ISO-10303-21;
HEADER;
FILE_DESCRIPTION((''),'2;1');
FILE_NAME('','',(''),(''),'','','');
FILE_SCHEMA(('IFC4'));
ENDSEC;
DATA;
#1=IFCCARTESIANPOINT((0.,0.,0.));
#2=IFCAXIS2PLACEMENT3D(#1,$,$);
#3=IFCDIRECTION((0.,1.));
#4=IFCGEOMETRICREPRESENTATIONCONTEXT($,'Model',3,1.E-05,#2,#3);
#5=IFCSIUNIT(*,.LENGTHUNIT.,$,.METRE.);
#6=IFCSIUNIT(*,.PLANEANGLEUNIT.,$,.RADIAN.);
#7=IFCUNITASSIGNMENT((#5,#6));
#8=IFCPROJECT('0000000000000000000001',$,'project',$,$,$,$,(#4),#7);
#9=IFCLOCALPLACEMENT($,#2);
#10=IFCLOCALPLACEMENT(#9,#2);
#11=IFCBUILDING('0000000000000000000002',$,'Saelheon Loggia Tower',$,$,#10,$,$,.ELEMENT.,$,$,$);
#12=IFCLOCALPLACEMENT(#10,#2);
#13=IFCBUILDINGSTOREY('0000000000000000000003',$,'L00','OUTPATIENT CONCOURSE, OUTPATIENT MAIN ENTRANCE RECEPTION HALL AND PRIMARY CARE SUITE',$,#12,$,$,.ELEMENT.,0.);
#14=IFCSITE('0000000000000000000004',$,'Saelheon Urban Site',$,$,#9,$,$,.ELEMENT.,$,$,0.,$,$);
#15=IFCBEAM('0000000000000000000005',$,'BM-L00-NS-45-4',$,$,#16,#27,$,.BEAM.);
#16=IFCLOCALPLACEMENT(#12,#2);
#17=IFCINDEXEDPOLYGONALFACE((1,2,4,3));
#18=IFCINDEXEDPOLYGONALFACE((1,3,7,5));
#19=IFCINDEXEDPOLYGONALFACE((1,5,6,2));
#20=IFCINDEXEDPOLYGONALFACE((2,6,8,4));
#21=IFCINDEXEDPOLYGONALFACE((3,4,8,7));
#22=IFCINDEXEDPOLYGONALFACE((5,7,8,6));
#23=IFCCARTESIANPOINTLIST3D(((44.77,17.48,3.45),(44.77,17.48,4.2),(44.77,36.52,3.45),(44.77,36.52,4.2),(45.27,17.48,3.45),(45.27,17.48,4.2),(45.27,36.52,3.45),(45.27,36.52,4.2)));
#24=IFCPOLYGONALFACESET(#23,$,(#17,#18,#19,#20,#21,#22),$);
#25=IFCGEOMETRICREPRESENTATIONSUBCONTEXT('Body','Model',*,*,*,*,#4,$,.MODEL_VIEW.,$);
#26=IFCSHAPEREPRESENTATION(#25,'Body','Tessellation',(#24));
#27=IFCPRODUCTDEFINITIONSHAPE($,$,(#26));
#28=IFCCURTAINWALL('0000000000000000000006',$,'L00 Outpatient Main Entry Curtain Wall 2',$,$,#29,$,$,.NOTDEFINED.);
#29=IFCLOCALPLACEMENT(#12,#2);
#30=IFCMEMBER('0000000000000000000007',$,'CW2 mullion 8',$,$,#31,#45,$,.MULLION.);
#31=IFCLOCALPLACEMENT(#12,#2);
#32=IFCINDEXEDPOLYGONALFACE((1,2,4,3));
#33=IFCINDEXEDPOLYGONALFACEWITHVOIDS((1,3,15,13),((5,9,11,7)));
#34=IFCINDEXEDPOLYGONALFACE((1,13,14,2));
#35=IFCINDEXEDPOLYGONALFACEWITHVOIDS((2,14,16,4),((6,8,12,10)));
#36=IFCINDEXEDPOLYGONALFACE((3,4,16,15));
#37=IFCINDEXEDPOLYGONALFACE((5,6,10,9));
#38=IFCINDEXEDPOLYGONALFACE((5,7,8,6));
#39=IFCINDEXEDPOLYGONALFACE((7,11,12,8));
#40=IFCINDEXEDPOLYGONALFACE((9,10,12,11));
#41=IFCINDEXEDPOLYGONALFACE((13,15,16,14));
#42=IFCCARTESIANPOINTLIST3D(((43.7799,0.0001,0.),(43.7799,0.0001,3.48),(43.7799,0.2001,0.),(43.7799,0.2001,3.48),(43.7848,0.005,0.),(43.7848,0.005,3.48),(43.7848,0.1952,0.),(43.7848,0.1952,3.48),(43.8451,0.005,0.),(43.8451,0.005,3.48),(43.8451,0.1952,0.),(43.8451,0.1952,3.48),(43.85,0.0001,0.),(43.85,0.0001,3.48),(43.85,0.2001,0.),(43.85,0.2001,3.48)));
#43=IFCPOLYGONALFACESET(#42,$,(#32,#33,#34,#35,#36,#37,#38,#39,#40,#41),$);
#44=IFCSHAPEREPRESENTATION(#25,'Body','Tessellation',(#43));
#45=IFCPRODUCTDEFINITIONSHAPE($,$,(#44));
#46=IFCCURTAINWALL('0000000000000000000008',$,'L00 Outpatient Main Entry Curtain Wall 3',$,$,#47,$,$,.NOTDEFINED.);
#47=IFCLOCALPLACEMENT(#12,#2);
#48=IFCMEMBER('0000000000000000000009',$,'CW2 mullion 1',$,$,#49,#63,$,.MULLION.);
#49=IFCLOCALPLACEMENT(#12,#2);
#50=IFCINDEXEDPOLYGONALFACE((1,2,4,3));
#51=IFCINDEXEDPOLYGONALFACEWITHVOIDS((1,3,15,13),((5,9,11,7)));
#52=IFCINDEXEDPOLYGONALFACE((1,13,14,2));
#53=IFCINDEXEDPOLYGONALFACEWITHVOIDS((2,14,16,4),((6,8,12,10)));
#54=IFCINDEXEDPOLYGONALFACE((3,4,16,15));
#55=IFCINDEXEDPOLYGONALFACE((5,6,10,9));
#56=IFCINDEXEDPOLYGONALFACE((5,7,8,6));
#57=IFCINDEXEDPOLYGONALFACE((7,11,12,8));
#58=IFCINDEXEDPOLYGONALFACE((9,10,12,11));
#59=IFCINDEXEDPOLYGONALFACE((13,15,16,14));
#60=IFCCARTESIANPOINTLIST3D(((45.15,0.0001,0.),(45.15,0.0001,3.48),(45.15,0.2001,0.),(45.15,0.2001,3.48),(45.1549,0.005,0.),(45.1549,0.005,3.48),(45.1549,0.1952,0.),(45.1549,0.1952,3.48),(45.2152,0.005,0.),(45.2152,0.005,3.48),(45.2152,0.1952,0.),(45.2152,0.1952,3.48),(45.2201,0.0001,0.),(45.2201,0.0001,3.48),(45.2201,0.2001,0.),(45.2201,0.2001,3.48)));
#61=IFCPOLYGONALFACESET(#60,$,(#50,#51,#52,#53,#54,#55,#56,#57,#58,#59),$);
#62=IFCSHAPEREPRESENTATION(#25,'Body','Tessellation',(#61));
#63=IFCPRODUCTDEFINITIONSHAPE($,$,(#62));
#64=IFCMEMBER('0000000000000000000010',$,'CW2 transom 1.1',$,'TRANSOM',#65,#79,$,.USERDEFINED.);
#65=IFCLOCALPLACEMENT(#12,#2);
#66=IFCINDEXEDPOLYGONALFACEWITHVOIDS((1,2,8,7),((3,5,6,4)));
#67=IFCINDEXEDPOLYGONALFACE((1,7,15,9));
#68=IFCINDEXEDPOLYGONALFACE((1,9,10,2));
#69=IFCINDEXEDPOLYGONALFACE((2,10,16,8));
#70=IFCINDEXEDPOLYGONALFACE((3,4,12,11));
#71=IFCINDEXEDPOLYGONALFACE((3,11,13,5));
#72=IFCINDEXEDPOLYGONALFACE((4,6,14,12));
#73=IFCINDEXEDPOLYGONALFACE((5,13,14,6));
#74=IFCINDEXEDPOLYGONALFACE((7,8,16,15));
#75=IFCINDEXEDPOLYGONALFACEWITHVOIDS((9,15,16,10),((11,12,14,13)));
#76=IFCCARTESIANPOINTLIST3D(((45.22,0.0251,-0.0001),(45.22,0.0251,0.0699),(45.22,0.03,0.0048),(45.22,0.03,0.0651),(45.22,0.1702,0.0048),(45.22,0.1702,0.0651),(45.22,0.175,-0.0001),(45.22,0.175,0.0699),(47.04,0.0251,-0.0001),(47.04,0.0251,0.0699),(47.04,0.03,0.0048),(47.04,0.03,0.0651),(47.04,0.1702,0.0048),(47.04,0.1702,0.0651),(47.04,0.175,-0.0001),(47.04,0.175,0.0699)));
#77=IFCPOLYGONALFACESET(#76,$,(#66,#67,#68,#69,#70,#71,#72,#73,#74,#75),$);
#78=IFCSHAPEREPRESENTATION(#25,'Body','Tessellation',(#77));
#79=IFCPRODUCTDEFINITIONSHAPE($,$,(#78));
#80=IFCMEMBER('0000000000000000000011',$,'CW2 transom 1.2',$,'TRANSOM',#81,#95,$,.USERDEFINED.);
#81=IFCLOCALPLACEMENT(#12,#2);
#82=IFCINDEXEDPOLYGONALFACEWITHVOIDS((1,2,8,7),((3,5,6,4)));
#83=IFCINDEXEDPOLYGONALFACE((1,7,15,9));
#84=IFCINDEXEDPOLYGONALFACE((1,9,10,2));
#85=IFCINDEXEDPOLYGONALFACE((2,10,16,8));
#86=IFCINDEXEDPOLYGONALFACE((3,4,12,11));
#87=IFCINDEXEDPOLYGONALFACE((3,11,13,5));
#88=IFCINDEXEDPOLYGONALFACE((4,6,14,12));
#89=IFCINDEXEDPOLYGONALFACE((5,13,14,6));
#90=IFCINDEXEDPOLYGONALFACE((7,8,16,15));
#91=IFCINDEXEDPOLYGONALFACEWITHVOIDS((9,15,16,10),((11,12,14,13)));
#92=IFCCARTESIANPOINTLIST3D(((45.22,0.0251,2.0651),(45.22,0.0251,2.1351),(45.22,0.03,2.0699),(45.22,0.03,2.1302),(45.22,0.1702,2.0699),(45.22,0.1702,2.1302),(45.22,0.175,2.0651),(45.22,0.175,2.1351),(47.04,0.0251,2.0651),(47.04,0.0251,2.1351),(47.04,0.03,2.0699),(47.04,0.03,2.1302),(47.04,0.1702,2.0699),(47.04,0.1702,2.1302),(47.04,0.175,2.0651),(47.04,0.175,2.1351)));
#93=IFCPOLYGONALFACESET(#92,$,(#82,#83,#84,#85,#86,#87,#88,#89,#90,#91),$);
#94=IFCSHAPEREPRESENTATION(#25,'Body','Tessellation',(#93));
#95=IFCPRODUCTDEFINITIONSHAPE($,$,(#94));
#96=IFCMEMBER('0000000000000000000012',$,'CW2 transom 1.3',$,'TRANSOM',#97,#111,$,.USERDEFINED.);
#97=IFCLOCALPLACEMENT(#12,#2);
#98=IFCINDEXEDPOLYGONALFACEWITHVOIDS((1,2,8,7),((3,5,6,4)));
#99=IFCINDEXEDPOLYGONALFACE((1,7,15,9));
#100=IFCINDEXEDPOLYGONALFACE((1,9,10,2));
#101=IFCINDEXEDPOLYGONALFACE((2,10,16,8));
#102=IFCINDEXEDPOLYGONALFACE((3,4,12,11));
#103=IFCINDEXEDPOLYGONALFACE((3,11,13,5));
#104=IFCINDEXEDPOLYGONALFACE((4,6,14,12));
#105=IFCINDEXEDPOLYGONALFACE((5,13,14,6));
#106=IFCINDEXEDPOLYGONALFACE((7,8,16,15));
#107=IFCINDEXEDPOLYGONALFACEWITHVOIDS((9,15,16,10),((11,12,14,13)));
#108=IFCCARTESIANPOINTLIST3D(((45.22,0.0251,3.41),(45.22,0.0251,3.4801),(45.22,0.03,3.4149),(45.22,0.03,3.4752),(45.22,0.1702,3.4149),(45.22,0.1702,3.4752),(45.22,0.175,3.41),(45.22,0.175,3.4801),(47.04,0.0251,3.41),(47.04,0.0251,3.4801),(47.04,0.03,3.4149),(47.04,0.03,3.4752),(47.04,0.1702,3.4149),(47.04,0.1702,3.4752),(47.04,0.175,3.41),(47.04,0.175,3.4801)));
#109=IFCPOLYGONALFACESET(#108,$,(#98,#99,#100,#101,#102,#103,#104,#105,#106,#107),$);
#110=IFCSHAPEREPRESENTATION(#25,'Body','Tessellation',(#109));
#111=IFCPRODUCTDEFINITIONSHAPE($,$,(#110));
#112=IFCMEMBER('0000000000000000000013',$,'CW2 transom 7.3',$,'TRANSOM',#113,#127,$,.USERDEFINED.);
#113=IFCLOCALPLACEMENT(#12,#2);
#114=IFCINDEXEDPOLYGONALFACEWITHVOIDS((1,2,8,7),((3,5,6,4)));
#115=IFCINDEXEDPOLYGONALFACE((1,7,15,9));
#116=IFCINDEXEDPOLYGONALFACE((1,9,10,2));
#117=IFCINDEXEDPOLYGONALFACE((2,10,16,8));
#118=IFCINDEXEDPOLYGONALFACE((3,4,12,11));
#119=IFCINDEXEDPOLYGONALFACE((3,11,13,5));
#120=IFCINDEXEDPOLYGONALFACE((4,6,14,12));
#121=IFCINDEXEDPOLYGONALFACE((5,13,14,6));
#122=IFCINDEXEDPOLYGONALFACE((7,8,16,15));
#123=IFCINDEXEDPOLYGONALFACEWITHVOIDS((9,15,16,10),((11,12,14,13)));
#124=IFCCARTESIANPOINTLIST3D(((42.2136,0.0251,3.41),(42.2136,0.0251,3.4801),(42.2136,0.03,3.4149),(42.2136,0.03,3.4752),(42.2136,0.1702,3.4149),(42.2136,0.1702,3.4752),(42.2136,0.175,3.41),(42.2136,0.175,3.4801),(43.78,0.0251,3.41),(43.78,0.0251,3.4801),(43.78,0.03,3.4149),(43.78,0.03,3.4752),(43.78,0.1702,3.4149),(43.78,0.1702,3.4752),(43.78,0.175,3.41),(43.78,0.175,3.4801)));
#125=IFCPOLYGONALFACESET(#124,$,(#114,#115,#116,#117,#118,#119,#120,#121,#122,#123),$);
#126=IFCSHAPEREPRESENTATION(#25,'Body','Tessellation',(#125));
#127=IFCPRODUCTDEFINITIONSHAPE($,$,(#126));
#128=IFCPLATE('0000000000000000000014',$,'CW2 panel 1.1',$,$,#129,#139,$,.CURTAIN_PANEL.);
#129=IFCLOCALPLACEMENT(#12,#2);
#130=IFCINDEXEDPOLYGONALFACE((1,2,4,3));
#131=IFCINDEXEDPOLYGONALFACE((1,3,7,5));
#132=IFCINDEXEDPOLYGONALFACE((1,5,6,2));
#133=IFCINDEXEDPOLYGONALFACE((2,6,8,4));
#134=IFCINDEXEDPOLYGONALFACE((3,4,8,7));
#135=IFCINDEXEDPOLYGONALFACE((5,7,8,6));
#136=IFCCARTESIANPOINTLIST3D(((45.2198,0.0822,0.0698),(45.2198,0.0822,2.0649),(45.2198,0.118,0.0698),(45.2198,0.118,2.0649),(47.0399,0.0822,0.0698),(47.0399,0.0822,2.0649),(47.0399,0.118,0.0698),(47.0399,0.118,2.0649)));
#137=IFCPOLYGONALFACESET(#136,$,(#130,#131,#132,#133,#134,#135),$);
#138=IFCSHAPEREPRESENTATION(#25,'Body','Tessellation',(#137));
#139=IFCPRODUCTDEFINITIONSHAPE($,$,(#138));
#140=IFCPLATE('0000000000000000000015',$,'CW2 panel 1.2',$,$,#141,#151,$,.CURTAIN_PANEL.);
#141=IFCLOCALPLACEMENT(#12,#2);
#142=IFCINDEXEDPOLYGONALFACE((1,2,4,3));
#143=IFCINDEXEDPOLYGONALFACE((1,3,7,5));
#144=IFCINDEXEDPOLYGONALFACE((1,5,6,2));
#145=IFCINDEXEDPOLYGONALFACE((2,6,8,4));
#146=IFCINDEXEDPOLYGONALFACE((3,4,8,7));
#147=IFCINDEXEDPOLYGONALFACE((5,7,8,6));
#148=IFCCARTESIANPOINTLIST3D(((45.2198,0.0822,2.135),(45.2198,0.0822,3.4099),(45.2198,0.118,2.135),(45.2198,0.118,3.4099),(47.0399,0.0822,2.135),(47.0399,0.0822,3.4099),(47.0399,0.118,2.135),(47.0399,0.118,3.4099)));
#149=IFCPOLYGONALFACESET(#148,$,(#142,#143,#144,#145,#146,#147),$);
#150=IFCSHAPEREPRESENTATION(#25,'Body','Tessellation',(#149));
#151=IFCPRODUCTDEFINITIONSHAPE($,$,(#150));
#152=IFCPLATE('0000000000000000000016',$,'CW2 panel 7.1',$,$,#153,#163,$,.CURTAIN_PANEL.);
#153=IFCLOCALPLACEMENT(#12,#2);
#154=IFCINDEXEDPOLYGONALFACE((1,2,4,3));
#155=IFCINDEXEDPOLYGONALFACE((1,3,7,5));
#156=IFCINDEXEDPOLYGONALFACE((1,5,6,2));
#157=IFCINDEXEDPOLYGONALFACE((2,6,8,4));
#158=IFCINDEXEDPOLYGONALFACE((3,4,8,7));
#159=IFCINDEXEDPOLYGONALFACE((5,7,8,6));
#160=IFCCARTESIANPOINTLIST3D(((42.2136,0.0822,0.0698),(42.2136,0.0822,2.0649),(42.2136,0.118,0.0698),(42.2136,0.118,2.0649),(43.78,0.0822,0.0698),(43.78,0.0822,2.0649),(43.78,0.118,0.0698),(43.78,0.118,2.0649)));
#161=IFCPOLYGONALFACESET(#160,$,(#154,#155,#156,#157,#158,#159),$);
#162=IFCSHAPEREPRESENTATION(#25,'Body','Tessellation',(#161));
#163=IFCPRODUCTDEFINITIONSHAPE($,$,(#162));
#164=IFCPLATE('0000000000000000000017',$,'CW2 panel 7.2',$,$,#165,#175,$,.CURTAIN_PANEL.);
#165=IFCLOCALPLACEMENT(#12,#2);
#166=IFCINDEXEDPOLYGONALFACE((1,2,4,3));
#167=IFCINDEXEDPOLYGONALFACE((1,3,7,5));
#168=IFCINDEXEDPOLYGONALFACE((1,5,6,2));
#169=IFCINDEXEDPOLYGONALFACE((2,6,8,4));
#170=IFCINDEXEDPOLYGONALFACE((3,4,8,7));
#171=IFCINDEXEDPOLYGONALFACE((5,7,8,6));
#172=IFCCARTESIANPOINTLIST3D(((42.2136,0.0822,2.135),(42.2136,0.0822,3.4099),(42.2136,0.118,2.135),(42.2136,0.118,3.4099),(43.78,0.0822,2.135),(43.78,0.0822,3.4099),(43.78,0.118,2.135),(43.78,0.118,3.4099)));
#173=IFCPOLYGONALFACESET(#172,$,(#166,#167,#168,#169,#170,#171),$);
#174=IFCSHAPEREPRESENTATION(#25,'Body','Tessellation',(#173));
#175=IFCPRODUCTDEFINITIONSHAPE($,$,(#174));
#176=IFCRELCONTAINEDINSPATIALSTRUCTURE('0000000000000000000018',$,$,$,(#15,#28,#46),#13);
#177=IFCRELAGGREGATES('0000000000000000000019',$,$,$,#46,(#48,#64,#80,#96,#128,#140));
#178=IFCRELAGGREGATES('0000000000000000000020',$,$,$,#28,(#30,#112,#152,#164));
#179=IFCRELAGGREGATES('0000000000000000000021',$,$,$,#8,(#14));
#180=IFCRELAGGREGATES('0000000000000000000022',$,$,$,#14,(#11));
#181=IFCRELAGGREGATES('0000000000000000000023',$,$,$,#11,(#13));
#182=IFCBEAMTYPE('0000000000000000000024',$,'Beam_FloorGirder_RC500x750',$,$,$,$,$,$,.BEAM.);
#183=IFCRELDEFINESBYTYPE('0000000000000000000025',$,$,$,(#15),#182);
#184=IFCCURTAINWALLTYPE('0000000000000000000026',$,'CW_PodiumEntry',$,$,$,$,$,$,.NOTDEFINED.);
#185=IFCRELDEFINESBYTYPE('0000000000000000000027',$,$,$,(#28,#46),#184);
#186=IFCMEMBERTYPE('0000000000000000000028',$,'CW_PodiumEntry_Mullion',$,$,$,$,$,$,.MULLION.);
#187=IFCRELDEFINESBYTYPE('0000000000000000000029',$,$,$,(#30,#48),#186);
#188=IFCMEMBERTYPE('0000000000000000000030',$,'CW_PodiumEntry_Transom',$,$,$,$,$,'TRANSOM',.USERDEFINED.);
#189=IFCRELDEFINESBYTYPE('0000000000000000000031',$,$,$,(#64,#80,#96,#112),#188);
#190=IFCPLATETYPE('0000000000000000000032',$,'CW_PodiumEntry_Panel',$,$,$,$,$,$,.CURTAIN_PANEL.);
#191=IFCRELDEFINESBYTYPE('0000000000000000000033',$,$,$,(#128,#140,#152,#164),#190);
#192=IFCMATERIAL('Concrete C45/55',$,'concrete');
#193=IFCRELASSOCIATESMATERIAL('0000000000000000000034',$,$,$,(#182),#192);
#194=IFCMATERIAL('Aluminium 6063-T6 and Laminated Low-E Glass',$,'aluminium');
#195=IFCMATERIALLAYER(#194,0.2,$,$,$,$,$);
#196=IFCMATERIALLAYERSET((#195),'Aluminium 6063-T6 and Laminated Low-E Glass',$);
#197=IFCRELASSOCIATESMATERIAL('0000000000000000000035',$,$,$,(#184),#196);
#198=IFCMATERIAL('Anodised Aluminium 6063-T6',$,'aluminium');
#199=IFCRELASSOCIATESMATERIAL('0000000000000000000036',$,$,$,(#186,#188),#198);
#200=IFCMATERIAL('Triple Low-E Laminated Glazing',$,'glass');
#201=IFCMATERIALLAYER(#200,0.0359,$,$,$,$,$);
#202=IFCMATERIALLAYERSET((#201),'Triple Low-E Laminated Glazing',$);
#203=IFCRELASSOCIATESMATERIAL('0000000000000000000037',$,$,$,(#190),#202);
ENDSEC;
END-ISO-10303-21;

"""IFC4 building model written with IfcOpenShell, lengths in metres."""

from ifc_helpers import new_model, si_unit, direction, frame, origin, origin_2d, place, context, subcontext, project, spatial, rectangle, hollow_rectangle, extrude, source, transform, mapped, material, layer, layer_set, material_profile, profile_set, type_object, element, aggregate, save


model = new_model("IFC4")

# Units and contexts
model_context = context("Model", 3, precision=1e-05, world=origin(), true_north=direction((0.0, 1.0)))
body_context = subcontext(model_context, "Body", "Model", "MODEL_VIEW")
ifc_project = project(units=[si_unit("LENGTHUNIT", "METRE"), si_unit("PLANEANGLEUNIT", "RADIAN")], contexts=[model_context])

# Site, building, storey
site_placement = place(None, origin())
site = spatial("IfcSite", under=ifc_project, at=site_placement, Name="Saelheon Urban Site", CompositionType="ELEMENT", RefElevation=0.0)
building_placement = place(site_placement, origin())
building = spatial("IfcBuilding", under=site, at=building_placement, Name="Saelheon Loggia Tower", CompositionType="ELEMENT")
storey_placement = place(building_placement, origin())
storey = spatial("IfcBuildingStorey", under=building, at=storey_placement, Name="L00", Description="OUTPATIENT CONCOURSE, OUTPATIENT MAIN ENTRANCE RECEPTION HALL AND PRIMARY CARE SUITE", CompositionType="ELEMENT", Elevation=0.0)

# Beam
ifc_material_1 = material(Name="Concrete C45/55", Category="concrete")
ifc_material_profile_1 = material_profile(ifc_material_1, rectangle(XDim=0.5, YDim=0.75, at=origin_2d()), Name="RC-500x750")
ifc_profile_set_1 = profile_set([ifc_material_profile_1], Name="Concrete C45/55")
beam_type_1 = type_object("IfcBeamType", Name="Beam_FloorGirder_RC500x750", PredefinedType="BEAM", material=ifc_profile_set_1)
shared_shape_1 = source(origin(), body_context, "Body", "SweptSolid", [
    extrude(rectangle(XDim=0.5, YDim=0.75, at=origin_2d()), origin(), (0.0, 0.0, 1.0), 19.04),
])
beam_1_placement = place(storey_placement, frame((45.02, 17.48, 3.825), z_axis=(0.0, 1.0, 0.0), x_axis=(-1.0, 0.0, 0.0)))
element("IfcBeam", 1, at=beam_1_placement, inside=storey, type_object=beam_type_1, Name="BM-L00-NS-45-4", PredefinedType="BEAM", context=body_context, shape_type="MappedRepresentation", body=[
    mapped(shared_shape_1, transform((0.0, 0.0, 0.0), scale=1.0)),
])

# Curtain wall, member
ifc_material_2 = material(Name="Aluminium 6063-T6 and Laminated Low-E Glass", Category="aluminium")
ifc_layer_1 = layer(ifc_material_2, 0.2)
ifc_layer_set_1 = layer_set([ifc_layer_1], Name="Aluminium 6063-T6 and Laminated Low-E Glass")
curtain_wall_type = type_object("IfcCurtainWallType", Name="CW_PodiumEntry", PredefinedType="NOTDEFINED", material=ifc_layer_set_1)
curtain_wall_1_placement = place(storey_placement, origin())
curtain_wall_1 = element("IfcCurtainWall", 2, at=curtain_wall_1_placement, inside=storey, type_object=curtain_wall_type, Name="L00 Outpatient Main Entry Curtain Wall 2", PredefinedType="NOTDEFINED")
ifc_material_3 = material(Name="Anodised Aluminium 6063-T6", Category="aluminium")
ifc_material_profile_2 = material_profile(ifc_material_3, hollow_rectangle(XDim=0.0701, YDim=0.2, WallThickness=0.0049, at=origin_2d()), Name="RHS-200x70x5")
ifc_profile_set_2 = profile_set([ifc_material_profile_2], Name="Anodised Aluminium 6063-T6")
member_type_1 = type_object("IfcMemberType", Name="CW_PodiumEntry_Mullion", PredefinedType="MULLION", material=ifc_profile_set_2)
shared_shape_2 = source(origin(), body_context, "Body", "SweptSolid", [
    extrude(hollow_rectangle(XDim=0.0701, YDim=0.2, WallThickness=0.0049, at=origin_2d()), origin(), (0.0, 0.0, 1.0), 3.48),
])
member_1_placement = place(storey_placement, frame((43.8149, 0.1001, 0.0), z_axis=(0.0, 0.0, 1.0), x_axis=(1.0, 0.0, 0.0)))
member_1 = element("IfcMember", 3, at=member_1_placement, type_object=member_type_1, Name="CW2 mullion 8", PredefinedType="MULLION", context=body_context, shape_type="MappedRepresentation", body=[
    mapped(shared_shape_2, transform((0.0, 0.0, 0.0), scale=1.0)),
])

# Curtain wall, members
curtain_wall_2_placement = place(storey_placement, origin())
curtain_wall_2 = element("IfcCurtainWall", 4, at=curtain_wall_2_placement, inside=storey, type_object=curtain_wall_type, Name="L00 Outpatient Main Entry Curtain Wall 3", PredefinedType="NOTDEFINED")
member_2_placement = place(storey_placement, frame((45.1851, 0.1001, 0.0), z_axis=(0.0, 0.0, 1.0), x_axis=(1.0, 0.0, 0.0)))
member_2 = element("IfcMember", 5, at=member_2_placement, type_object=member_type_1, Name="CW2 mullion 1", PredefinedType="MULLION", context=body_context, shape_type="MappedRepresentation", body=[
    mapped(shared_shape_2, transform((0.0, 0.0, 0.0), scale=1.0)),
])
ifc_material_profile_3 = material_profile(ifc_material_3, hollow_rectangle(XDim=0.0701, YDim=0.1499, WallThickness=0.0049, at=origin_2d()), Name="RHS-150x70x5")
ifc_profile_set_3 = profile_set([ifc_material_profile_3], Name="Anodised Aluminium 6063-T6")
member_type_2 = type_object("IfcMemberType", Name="CW_PodiumEntry_Transom", ElementType="TRANSOM", PredefinedType="USERDEFINED", material=ifc_profile_set_3)
shared_shape_3 = source(origin(), body_context, "Body", "SweptSolid", [
    extrude(hollow_rectangle(XDim=0.0701, YDim=0.1499, WallThickness=0.0049, at=origin_2d()), origin(), (0.0, 0.0, 1.0), 1.8201),
])
member_3_placement = place(storey_placement, frame((45.22, 0.1001, 0.0349), z_axis=(1.0, 0.0, 0.0), x_axis=(0.0, 0.0, 1.0)))
member_3 = element("IfcMember", 6, at=member_3_placement, type_object=member_type_2, Name="CW2 transom 1.1", ObjectType="TRANSOM", PredefinedType="USERDEFINED", context=body_context, shape_type="MappedRepresentation", body=[
    mapped(shared_shape_3, transform((0.0, 0.0, 0.0), scale=1.0)),
])
member_4_placement = place(storey_placement, frame((45.22, 0.1001, 2.1001), z_axis=(1.0, 0.0, 0.0), x_axis=(0.0, 0.0, 1.0)))
member_4 = element("IfcMember", 7, at=member_4_placement, type_object=member_type_2, Name="CW2 transom 1.2", ObjectType="TRANSOM", PredefinedType="USERDEFINED", context=body_context, shape_type="MappedRepresentation", body=[
    mapped(shared_shape_3, transform((0.0, 0.0, 0.0), scale=1.0)),
])
member_5_placement = place(storey_placement, frame((45.22, 0.1001, 3.4451), z_axis=(1.0, 0.0, 0.0), x_axis=(0.0, 0.0, 1.0)))
member_5 = element("IfcMember", 8, at=member_5_placement, type_object=member_type_2, Name="CW2 transom 1.3", ObjectType="TRANSOM", PredefinedType="USERDEFINED", context=body_context, shape_type="MappedRepresentation", body=[
    mapped(shared_shape_3, transform((0.0, 0.0, 0.0), scale=1.0)),
])

# Member
shared_shape_4 = source(origin(), body_context, "Body", "SweptSolid", [
    extrude(hollow_rectangle(XDim=0.0701, YDim=0.1499, WallThickness=0.0049, at=origin_2d()), origin(), (0.0, 0.0, 1.0), 1.5664),
])
member_6_placement = place(storey_placement, frame((42.2136, 0.1001, 3.4451), z_axis=(1.0, 0.0, 0.0), x_axis=(0.0, 0.0, 1.0)))
member_6 = element("IfcMember", 9, at=member_6_placement, type_object=member_type_2, Name="CW2 transom 7.3", ObjectType="TRANSOM", PredefinedType="USERDEFINED", context=body_context, shape_type="MappedRepresentation", body=[
    mapped(shared_shape_4, transform((0.0, 0.0, 0.0), scale=1.0)),
])

# Plates
ifc_material_4 = material(Name="Triple Low-E Laminated Glazing", Category="glass")
ifc_layer_2 = layer(ifc_material_4, 0.0359)
ifc_layer_set_2 = layer_set([ifc_layer_2], Name="Triple Low-E Laminated Glazing")
plate_type = type_object("IfcPlateType", Name="CW_PodiumEntry_Panel", PredefinedType="CURTAIN_PANEL", material=ifc_layer_set_2)
shared_shape_5 = source(origin(), body_context, "Body", "SweptSolid", [
    extrude(rectangle(XDim=1.8201, YDim=0.0359, at=origin_2d()), origin(), (0.0, 0.0, 1.0), 1.9951),
])
plate_1_placement = place(storey_placement, frame((46.1299, 0.1001, 0.0698), z_axis=(0.0, 0.0, 1.0), x_axis=(1.0, 0.0, 0.0)))
plate_1 = element("IfcPlate", 10, at=plate_1_placement, type_object=plate_type, Name="CW2 panel 1.1", PredefinedType="CURTAIN_PANEL", context=body_context, shape_type="MappedRepresentation", body=[
    mapped(shared_shape_5, transform((0.0, 0.0, 0.0), scale=1.0)),
])
shared_shape_6 = source(origin(), body_context, "Body", "SweptSolid", [
    extrude(rectangle(XDim=1.8201, YDim=0.0359, at=origin_2d()), origin(), (0.0, 0.0, 1.0), 1.2749),
])
plate_2_placement = place(storey_placement, frame((46.1299, 0.1001, 2.135), z_axis=(0.0, 0.0, 1.0), x_axis=(1.0, 0.0, 0.0)))
plate_2 = element("IfcPlate", 11, at=plate_2_placement, type_object=plate_type, Name="CW2 panel 1.2", PredefinedType="CURTAIN_PANEL", context=body_context, shape_type="MappedRepresentation", body=[
    mapped(shared_shape_6, transform((0.0, 0.0, 0.0), scale=1.0)),
])
aggregate(curtain_wall_2, [member_2, member_3, member_4, member_5, plate_1, plate_2])
shared_shape_7 = source(origin(), body_context, "Body", "SweptSolid", [
    extrude(rectangle(XDim=1.5664, YDim=0.0359, at=origin_2d()), origin(), (0.0, 0.0, 1.0), 1.9951),
])
plate_3_placement = place(storey_placement, frame((42.9968, 0.1001, 0.0698), z_axis=(0.0, 0.0, 1.0), x_axis=(1.0, 0.0, 0.0)))
plate_3 = element("IfcPlate", 12, at=plate_3_placement, type_object=plate_type, Name="CW2 panel 7.1", PredefinedType="CURTAIN_PANEL", context=body_context, shape_type="MappedRepresentation", body=[
    mapped(shared_shape_7, transform((0.0, 0.0, 0.0), scale=1.0)),
])
shared_shape_8 = source(origin(), body_context, "Body", "SweptSolid", [
    extrude(rectangle(XDim=1.5664, YDim=0.0359, at=origin_2d()), origin(), (0.0, 0.0, 1.0), 1.2749),
])
plate_4_placement = place(storey_placement, frame((42.9968, 0.1001, 2.135), z_axis=(0.0, 0.0, 1.0), x_axis=(1.0, 0.0, 0.0)))
plate_4 = element("IfcPlate", 13, at=plate_4_placement, type_object=plate_type, Name="CW2 panel 7.2", PredefinedType="CURTAIN_PANEL", context=body_context, shape_type="MappedRepresentation", body=[
    mapped(shared_shape_8, transform((0.0, 0.0, 0.0), scale=1.0)),
])
aggregate(curtain_wall_1, [member_1, member_6, plate_3, plate_4])

save(model, "model.ifc")
